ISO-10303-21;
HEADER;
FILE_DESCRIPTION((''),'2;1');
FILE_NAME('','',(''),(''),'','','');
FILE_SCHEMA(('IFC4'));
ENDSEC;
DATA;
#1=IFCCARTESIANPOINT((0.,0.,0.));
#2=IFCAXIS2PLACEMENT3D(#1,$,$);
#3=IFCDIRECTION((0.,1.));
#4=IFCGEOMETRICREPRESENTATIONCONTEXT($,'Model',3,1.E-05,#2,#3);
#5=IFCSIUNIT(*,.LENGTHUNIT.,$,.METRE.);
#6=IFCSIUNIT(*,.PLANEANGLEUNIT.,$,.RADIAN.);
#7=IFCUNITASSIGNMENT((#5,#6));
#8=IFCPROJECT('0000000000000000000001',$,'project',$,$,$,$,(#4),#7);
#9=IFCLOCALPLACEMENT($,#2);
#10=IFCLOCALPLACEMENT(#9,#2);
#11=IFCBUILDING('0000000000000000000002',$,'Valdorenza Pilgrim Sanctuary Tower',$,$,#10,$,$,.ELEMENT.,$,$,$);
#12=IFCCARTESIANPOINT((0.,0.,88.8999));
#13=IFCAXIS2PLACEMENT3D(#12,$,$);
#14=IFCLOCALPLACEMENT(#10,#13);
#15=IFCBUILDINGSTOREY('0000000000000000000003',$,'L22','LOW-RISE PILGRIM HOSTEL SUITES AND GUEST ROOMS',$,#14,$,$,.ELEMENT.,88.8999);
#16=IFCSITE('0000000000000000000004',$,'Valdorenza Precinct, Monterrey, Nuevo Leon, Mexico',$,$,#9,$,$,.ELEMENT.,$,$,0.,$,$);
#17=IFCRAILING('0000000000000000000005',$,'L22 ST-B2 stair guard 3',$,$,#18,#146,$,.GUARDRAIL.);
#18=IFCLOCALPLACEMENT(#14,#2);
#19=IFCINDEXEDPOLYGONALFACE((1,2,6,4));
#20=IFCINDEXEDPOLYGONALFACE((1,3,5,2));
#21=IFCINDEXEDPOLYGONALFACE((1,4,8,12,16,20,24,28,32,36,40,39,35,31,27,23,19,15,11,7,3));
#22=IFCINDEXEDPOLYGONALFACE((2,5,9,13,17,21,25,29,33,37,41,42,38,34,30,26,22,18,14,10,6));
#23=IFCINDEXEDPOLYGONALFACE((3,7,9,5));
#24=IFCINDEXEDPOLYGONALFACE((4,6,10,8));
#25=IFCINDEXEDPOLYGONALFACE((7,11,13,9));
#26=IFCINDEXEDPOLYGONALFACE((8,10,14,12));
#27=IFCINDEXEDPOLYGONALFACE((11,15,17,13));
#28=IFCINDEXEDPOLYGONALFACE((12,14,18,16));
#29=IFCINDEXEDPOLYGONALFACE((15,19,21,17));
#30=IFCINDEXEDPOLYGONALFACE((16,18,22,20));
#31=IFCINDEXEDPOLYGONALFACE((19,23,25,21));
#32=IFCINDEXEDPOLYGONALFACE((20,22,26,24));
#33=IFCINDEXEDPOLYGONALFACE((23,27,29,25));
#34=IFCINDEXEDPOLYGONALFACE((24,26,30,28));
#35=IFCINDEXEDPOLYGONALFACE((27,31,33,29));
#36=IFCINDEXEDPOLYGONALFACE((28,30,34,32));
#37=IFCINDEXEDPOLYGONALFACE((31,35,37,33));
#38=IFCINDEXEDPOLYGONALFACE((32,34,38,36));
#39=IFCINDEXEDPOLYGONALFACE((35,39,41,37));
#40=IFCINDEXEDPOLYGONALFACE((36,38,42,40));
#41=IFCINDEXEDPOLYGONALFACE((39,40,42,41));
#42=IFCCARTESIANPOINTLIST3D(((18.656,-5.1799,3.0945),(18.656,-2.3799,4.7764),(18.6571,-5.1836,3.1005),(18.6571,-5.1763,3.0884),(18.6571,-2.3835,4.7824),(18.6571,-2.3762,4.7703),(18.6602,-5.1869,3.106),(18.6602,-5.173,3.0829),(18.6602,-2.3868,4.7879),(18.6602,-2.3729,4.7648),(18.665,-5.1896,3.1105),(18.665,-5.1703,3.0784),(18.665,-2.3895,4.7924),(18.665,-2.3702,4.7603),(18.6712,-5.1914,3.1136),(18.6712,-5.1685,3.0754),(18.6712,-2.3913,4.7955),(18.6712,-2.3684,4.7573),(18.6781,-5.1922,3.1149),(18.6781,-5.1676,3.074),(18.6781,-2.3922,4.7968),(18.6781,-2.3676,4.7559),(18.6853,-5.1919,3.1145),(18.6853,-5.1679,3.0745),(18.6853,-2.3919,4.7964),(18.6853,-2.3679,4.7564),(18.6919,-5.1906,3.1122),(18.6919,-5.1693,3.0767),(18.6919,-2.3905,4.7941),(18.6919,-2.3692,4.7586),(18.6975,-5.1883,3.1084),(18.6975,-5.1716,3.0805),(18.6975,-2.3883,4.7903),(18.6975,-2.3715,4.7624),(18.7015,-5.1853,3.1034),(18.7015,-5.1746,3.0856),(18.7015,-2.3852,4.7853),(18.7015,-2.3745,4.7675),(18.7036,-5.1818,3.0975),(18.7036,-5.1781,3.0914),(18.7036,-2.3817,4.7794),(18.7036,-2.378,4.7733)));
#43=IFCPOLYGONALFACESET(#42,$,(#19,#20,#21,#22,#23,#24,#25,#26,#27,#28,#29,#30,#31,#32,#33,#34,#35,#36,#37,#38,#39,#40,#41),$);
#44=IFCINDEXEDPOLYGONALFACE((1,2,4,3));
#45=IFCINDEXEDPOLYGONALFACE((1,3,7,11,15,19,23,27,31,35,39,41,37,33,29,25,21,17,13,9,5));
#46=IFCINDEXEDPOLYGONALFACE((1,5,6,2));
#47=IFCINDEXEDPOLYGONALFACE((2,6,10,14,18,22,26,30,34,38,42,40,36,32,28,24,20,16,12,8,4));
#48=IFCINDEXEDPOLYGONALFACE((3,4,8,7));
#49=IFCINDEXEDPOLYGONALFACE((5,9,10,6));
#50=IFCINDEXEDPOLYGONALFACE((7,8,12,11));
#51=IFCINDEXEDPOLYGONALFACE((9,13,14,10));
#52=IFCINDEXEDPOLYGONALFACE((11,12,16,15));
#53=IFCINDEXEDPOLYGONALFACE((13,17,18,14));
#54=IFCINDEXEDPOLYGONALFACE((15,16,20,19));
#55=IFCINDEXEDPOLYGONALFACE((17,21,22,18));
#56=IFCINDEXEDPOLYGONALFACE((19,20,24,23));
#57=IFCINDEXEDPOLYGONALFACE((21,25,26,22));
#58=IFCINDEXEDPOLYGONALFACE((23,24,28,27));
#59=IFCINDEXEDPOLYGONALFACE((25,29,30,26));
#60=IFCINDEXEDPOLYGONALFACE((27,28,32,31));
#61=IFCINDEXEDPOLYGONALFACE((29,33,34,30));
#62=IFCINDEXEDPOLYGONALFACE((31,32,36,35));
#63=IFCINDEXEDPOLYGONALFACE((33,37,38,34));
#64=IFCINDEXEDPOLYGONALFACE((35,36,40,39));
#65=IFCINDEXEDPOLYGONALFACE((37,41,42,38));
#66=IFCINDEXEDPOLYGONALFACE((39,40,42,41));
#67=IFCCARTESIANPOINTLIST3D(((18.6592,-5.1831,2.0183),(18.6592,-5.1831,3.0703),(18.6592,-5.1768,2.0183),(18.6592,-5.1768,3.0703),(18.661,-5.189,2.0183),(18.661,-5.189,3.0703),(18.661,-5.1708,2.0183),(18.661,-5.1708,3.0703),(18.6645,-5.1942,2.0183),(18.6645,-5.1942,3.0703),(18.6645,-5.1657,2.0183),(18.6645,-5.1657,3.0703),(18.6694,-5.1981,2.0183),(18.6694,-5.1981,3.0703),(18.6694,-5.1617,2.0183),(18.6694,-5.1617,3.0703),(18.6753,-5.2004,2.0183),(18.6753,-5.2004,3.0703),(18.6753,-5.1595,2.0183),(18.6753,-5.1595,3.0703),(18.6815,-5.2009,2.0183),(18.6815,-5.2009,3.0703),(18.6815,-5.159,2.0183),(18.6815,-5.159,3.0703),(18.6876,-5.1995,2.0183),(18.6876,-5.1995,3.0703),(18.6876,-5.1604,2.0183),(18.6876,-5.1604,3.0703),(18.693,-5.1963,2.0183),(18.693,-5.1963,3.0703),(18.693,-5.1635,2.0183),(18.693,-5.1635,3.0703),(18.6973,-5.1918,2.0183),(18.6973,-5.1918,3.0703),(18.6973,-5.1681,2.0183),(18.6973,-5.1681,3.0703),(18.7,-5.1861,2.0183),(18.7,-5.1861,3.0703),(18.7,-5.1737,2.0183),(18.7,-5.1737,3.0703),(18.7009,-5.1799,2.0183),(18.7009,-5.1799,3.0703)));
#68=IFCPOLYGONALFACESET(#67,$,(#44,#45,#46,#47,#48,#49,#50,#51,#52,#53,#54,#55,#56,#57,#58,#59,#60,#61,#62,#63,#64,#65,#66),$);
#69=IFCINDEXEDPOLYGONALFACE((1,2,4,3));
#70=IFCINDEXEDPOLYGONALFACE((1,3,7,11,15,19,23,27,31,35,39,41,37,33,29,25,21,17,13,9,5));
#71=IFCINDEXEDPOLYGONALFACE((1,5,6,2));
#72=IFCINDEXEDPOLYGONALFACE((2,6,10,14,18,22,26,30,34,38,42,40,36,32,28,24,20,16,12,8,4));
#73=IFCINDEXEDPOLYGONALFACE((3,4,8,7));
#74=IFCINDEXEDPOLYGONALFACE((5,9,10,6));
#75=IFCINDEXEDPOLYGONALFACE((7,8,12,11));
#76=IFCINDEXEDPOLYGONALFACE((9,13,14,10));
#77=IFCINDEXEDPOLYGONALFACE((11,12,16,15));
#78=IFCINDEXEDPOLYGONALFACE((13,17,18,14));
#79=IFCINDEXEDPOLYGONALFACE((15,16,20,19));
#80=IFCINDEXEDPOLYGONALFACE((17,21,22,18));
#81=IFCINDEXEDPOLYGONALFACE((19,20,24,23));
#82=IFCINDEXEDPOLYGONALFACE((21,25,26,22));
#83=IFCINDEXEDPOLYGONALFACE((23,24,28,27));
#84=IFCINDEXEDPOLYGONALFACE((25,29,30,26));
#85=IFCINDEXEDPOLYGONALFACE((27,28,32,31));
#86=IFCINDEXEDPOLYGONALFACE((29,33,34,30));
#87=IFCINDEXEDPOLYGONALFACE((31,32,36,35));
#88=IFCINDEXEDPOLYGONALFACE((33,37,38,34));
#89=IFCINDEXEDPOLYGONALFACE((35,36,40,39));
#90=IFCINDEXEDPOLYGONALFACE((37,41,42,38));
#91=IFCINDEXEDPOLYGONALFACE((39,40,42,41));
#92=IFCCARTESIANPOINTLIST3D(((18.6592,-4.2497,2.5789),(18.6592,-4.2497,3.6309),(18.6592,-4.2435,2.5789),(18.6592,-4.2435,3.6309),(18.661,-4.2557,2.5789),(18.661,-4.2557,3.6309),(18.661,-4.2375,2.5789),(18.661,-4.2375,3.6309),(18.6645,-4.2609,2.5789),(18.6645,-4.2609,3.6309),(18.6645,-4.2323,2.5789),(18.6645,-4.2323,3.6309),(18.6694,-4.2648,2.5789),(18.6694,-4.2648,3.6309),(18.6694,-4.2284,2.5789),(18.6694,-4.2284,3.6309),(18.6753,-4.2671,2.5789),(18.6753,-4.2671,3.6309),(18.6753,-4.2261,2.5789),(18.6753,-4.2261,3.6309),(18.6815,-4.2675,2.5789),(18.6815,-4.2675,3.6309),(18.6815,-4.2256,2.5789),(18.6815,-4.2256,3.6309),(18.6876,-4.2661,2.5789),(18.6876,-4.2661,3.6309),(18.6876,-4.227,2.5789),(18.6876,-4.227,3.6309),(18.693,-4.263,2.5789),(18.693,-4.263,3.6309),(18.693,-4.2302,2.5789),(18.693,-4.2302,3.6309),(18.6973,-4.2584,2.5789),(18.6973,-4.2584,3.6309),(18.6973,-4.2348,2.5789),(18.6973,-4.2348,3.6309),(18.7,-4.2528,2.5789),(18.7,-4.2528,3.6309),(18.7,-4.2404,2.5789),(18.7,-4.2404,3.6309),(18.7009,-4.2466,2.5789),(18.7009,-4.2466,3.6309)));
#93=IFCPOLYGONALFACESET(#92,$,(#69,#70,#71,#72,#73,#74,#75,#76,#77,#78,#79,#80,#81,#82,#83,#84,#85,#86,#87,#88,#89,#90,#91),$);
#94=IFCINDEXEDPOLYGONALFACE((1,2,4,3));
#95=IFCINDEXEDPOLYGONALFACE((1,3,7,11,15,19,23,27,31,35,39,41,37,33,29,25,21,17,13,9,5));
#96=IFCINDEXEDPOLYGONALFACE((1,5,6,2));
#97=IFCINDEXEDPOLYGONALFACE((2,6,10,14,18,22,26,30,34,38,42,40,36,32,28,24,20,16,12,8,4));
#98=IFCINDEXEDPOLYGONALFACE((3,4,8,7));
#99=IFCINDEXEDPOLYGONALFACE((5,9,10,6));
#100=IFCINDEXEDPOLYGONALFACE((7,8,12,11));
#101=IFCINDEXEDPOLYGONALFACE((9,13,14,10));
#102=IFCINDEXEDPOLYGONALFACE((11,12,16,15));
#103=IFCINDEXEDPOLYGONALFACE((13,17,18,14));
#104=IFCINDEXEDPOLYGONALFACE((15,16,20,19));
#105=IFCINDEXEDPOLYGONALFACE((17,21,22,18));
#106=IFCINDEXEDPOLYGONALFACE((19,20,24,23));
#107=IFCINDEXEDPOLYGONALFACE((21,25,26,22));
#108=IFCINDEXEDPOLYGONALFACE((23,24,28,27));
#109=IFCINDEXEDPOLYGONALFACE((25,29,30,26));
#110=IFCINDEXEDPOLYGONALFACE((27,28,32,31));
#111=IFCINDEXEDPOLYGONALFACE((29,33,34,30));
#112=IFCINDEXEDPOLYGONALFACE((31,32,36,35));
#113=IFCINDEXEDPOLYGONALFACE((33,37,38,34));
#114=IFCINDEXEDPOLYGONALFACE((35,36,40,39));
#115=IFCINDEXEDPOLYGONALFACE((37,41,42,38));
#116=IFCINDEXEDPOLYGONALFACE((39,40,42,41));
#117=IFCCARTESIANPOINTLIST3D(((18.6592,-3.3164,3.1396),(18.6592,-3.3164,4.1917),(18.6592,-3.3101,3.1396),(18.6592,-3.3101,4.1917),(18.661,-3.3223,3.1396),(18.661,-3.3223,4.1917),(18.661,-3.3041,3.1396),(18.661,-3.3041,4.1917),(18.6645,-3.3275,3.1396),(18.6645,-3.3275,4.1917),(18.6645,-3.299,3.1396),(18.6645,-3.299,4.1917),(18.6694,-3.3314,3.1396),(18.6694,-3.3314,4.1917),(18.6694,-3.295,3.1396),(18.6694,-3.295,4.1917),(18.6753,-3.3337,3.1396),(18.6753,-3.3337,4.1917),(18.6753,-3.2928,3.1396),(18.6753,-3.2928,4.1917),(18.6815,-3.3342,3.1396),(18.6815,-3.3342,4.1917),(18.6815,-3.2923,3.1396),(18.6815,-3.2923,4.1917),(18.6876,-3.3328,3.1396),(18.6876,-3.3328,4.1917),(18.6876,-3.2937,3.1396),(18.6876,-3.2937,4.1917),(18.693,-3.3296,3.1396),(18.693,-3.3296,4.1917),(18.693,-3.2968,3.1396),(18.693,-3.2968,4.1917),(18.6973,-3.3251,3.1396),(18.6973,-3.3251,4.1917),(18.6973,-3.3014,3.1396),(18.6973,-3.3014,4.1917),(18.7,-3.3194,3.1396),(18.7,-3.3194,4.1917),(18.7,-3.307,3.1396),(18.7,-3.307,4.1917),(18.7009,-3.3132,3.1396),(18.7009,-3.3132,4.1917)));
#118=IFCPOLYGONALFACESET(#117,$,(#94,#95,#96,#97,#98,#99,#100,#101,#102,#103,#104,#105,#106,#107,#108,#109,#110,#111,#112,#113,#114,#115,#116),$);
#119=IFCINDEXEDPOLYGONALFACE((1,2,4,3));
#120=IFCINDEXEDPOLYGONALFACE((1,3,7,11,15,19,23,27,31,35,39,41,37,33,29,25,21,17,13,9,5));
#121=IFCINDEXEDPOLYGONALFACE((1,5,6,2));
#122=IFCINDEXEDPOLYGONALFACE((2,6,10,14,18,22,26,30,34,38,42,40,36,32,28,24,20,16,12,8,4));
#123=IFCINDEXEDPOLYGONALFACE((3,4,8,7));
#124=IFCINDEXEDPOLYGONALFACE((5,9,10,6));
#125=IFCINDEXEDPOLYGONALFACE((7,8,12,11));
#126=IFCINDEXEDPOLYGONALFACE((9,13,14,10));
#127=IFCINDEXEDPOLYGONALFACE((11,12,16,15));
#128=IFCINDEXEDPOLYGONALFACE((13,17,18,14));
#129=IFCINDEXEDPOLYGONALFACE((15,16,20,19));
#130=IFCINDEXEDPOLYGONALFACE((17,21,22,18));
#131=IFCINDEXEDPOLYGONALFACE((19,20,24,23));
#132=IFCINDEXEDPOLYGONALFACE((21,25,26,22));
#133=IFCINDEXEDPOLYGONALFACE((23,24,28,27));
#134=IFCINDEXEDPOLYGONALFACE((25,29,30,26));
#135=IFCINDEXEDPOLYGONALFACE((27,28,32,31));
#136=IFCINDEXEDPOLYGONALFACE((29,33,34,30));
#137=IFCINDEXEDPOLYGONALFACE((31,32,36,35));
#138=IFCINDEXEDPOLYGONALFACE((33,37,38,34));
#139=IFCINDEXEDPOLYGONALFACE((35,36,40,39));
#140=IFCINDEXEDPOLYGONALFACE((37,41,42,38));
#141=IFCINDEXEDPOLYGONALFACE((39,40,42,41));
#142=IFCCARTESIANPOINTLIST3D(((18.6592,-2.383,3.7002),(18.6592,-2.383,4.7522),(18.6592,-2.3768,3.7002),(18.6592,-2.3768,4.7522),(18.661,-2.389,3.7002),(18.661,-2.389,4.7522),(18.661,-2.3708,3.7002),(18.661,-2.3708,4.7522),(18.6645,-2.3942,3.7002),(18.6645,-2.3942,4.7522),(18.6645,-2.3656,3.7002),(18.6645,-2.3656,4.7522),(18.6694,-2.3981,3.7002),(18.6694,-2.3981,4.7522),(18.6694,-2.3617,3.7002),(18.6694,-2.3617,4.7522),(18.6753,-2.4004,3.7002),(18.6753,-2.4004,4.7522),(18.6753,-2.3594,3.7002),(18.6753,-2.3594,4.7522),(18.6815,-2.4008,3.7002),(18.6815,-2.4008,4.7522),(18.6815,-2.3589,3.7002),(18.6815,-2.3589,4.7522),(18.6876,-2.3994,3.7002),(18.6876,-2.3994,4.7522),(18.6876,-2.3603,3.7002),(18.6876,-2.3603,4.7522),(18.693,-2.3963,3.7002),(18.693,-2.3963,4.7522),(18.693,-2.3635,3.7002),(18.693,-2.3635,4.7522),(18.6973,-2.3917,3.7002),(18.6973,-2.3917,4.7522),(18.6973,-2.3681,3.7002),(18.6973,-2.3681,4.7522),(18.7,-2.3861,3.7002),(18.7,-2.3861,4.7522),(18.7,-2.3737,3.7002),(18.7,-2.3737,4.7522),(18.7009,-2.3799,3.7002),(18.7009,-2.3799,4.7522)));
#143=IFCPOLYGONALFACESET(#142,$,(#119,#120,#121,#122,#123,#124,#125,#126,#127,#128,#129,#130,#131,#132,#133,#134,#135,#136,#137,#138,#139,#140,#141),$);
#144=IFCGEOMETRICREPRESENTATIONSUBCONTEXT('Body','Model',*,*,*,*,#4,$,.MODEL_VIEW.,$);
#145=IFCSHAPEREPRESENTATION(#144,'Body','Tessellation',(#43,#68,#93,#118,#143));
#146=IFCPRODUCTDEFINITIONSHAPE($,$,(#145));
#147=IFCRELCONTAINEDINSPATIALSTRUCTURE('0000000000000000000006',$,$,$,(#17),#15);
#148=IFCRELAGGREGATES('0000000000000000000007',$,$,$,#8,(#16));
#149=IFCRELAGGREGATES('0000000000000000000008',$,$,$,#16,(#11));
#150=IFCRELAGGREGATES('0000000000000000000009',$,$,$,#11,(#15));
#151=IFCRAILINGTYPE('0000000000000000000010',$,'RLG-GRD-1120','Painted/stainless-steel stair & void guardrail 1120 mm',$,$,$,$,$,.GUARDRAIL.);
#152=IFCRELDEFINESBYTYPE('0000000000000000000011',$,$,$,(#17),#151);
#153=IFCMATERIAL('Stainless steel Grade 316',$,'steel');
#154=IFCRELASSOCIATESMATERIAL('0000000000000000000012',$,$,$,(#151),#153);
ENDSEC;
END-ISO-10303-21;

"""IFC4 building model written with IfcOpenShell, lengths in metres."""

from ifc_helpers import new_model, si_unit, direction, frame, origin, origin_2d, place, context, subcontext, project, spatial, circle, extrude, material, type_object, element, save


model = new_model("IFC4")

# Units and contexts
model_context = context("Model", 3, precision=1e-05, world=origin(), true_north=direction((0.0, 1.0)))
body_context = subcontext(model_context, "Body", "Model", "MODEL_VIEW")
ifc_project = project(units=[si_unit("LENGTHUNIT", "METRE"), si_unit("PLANEANGLEUNIT", "RADIAN")], contexts=[model_context])

# Site, building, storey
site_placement = place(None, origin())
site = spatial("IfcSite", under=ifc_project, at=site_placement, Name="Valdorenza Precinct, Monterrey, Nuevo Leon, Mexico", CompositionType="ELEMENT", RefElevation=0.0)
building_placement = place(site_placement, origin())
building = spatial("IfcBuilding", under=site, at=building_placement, Name="Valdorenza Pilgrim Sanctuary Tower", CompositionType="ELEMENT")
storey_placement = place(building_placement, frame((0.0, 0.0, 88.8999)))
storey = spatial("IfcBuildingStorey", under=building, at=storey_placement, Name="L22", Description="LOW-RISE PILGRIM HOSTEL SUITES AND GUEST ROOMS", CompositionType="ELEMENT", Elevation=88.8999)

# Railing
ifc_material_1 = material(Name="Stainless steel Grade 316", Category="steel")
railing_type_1 = type_object("IfcRailingType", Name="RLG-GRD-1120", Description="Painted/stainless-steel stair & void guardrail 1120 mm", PredefinedType="GUARDRAIL", material=ifc_material_1)
railing_1_placement = place(storey_placement, frame((18.6799, -5.1799, 2.0183)))
element("IfcRailing", 1, at=railing_1_placement, inside=storey, type_object=railing_type_1, Name="L22 ST-B2 stair guard 3", PredefinedType="GUARDRAIL", context=body_context, shape_type="SweptSolid", body=[
    extrude(circle(Radius=0.0239, at=origin_2d()), frame((0.0, 0.0, 1.0762), z_axis=(0.0, 0.857242, 0.514913), x_axis=(-1.0, 0.0, 0.0)), (0.0, 0.0, 1.0), 3.2664),
    extrude(circle(Radius=0.021, at=origin_2d()), origin(), (0.0, 0.0, 1.0), 1.052),
    extrude(circle(Radius=0.021, at=origin_2d()), frame((0.0, 0.9333, 0.5605)), (0.0, 0.0, 1.0), 1.052),
    extrude(circle(Radius=0.021, at=origin_2d()), frame((0.0, 1.8667, 1.1213)), (0.0, 0.0, 1.0), 1.052),
    extrude(circle(Radius=0.021, at=origin_2d()), frame((0.0, 2.8, 1.6819)), (0.0, 0.0, 1.0), 1.052),
])

save(model, "model.ifc")
